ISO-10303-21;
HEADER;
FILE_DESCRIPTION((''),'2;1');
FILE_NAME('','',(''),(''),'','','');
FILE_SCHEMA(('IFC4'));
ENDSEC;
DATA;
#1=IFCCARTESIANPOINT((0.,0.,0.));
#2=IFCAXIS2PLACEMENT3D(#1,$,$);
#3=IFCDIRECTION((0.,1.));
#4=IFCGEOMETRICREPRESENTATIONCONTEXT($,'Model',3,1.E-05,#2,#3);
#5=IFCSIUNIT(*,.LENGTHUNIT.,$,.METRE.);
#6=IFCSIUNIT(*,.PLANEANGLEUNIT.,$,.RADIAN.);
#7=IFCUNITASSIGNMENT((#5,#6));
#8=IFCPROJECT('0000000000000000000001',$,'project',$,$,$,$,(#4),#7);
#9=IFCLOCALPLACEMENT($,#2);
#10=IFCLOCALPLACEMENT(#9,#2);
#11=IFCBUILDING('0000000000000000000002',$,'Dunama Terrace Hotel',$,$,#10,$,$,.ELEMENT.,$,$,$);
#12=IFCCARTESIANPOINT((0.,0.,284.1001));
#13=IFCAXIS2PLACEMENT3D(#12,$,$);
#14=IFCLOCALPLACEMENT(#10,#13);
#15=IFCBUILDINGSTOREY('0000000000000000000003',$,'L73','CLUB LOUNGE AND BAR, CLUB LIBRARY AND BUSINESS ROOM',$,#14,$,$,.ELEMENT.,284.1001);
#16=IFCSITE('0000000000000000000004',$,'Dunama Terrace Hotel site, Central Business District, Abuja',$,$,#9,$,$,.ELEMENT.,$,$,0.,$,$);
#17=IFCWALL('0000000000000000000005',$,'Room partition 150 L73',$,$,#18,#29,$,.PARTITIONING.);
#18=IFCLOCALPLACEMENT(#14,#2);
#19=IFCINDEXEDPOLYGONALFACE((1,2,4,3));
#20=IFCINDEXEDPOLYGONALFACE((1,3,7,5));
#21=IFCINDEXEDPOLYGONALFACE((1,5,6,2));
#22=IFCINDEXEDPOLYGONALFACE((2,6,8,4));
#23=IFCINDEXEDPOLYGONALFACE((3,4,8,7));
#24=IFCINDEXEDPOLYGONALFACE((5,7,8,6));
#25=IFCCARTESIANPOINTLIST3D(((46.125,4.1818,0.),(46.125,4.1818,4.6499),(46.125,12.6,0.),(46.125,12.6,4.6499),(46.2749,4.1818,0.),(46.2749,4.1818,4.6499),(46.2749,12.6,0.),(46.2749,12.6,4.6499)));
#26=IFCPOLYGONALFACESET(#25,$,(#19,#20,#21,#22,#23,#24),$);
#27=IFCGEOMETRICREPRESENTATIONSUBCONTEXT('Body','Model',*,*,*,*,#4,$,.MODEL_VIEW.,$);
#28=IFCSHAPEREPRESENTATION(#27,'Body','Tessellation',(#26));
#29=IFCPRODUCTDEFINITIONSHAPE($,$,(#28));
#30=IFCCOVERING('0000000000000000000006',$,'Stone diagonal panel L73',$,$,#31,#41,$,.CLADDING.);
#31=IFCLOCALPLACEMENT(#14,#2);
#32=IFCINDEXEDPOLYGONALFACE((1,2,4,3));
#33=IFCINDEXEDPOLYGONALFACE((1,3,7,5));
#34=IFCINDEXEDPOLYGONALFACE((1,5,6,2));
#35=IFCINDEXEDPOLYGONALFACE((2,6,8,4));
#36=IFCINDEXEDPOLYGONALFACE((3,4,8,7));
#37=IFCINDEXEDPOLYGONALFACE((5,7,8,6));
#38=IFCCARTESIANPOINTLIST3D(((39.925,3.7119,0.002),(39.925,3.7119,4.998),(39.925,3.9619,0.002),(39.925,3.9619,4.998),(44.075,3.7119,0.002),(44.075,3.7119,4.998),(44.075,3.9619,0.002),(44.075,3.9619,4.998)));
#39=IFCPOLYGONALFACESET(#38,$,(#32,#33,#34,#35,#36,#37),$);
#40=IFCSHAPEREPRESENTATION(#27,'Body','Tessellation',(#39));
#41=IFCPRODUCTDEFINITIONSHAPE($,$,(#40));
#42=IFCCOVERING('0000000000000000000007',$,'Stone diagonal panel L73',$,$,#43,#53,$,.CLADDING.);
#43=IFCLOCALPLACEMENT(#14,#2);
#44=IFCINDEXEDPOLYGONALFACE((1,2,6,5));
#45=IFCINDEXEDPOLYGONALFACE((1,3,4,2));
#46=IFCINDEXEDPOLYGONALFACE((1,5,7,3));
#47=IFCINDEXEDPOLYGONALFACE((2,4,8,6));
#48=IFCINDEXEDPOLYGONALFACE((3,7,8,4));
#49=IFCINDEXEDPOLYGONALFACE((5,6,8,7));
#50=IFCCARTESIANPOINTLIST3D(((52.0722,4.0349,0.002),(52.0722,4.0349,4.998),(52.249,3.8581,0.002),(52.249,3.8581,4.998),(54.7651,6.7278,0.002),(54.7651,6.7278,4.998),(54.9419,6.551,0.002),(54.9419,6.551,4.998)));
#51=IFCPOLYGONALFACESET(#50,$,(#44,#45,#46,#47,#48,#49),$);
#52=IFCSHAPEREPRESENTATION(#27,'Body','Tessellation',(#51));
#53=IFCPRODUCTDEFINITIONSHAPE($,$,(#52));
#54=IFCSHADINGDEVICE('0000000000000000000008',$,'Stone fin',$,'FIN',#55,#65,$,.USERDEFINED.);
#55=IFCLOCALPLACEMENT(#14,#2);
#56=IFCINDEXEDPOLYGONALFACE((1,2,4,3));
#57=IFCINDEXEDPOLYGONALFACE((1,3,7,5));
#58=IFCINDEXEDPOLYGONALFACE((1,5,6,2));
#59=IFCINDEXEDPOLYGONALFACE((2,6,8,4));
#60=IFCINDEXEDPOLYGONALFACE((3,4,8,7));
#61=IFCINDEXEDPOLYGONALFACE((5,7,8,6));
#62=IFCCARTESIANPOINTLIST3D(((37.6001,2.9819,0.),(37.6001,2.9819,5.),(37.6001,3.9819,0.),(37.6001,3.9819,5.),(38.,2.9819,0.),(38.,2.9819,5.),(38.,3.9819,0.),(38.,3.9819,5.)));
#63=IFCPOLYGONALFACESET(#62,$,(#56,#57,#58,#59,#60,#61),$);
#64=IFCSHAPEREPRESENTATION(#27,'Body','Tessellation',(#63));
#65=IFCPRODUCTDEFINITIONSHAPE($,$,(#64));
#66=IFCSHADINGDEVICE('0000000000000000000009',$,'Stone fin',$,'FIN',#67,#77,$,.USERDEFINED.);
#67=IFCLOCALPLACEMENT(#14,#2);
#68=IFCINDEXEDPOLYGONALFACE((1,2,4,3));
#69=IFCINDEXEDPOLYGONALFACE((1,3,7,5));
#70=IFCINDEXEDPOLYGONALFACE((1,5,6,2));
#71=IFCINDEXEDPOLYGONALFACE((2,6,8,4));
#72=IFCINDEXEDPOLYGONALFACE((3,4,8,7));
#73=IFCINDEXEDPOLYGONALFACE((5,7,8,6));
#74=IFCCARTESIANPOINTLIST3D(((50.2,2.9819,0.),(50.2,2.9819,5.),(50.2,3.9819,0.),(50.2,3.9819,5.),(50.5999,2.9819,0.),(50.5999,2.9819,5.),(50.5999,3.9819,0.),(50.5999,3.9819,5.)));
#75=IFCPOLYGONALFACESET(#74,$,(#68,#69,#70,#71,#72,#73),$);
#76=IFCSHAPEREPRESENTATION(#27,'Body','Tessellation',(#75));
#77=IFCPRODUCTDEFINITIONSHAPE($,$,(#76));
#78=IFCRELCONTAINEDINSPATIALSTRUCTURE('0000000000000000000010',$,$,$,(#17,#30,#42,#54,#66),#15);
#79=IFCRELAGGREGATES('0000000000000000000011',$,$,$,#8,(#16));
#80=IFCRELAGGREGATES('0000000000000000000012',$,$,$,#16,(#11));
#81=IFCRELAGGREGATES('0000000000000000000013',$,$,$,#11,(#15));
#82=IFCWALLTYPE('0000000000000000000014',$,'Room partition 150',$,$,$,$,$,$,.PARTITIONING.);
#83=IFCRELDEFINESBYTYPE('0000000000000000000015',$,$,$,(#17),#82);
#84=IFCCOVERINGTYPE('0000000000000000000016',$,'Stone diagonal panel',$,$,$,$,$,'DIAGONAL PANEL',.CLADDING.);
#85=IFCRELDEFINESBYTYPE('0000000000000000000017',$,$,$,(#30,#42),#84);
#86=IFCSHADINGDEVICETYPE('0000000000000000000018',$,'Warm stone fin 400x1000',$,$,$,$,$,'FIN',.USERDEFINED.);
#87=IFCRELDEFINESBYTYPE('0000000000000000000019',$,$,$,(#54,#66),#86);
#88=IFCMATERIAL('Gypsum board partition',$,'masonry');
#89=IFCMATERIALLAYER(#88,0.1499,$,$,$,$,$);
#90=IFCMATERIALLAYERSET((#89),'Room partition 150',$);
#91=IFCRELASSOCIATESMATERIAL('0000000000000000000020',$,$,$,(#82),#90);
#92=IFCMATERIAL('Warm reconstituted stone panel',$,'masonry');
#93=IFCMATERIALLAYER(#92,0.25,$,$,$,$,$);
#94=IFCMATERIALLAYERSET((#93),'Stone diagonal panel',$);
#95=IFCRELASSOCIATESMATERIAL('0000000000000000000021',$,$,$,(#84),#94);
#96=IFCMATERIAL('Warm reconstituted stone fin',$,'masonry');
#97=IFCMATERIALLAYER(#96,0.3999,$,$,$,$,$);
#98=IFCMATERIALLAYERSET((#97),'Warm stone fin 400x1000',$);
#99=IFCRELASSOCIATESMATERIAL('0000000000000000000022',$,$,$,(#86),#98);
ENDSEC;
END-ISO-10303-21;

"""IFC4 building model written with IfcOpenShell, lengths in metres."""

from ifc_helpers import new_model, si_unit, direction, frame, frame_2d, origin, origin_2d, place, context, subcontext, project, spatial, rectangle, extrude, material, layer, layer_set, type_object, element, save


model = new_model("IFC4")

# Units and contexts
model_context = context("Model", 3, precision=1e-05, world=origin(), true_north=direction((0.0, 1.0)))
body_context = subcontext(model_context, "Body", "Model", "MODEL_VIEW")
ifc_project = project(units=[si_unit("LENGTHUNIT", "METRE"), si_unit("PLANEANGLEUNIT", "RADIAN")], contexts=[model_context])

# Site, building, storey
site_placement = place(None, origin())
site = spatial("IfcSite", under=ifc_project, at=site_placement, Name="Dunama Terrace Hotel site, Central Business District, Abuja", CompositionType="ELEMENT", RefElevation=0.0)
building_placement = place(site_placement, origin())
building = spatial("IfcBuilding", under=site, at=building_placement, Name="Dunama Terrace Hotel", CompositionType="ELEMENT")
storey_placement = place(building_placement, frame((0.0, 0.0, 284.1001)))
storey = spatial("IfcBuildingStorey", under=building, at=storey_placement, Name="L73", Description="CLUB LOUNGE AND BAR, CLUB LIBRARY AND BUSINESS ROOM", CompositionType="ELEMENT", Elevation=284.1001)

# Wall
ifc_material_1 = material(Name="Gypsum board partition", Category="masonry")
ifc_layer_1 = layer(ifc_material_1, 0.1499)
ifc_layer_set_1 = layer_set([ifc_layer_1], Name="Room partition 150")
wall_type = type_object("IfcWallType", Name="Room partition 150", PredefinedType="PARTITIONING", material=ifc_layer_set_1)
for number, where, z_axis, x_axis, name in (
    (1, (46.2, 4.1819, 0.0), (0.0, 0.0, 1.0), (0.0, 1.0, 0.0), "Room partition 150 L73"),
):
    element("IfcWall", number, at=place(storey_placement, frame(where, z_axis=z_axis, x_axis=x_axis)), inside=storey, type_object=wall_type, Name=name, PredefinedType="PARTITIONING", context=body_context, shape_type="SweptSolid", body=[
        extrude(rectangle(XDim=8.4182, YDim=0.1499, at=frame_2d((4.209, 0.0))), origin(), (0.0, 0.0, 1.0), 4.6499),
    ])

# Coverings
ifc_material_2 = material(Name="Warm reconstituted stone panel", Category="masonry")
ifc_layer_2 = layer(ifc_material_2, 0.25)
ifc_layer_set_2 = layer_set([ifc_layer_2], Name="Stone diagonal panel")
covering_type = type_object("IfcCoveringType", Name="Stone diagonal panel", ElementType="DIAGONAL PANEL", PredefinedType="CLADDING", material=ifc_layer_set_2)
covering_1_placement = place(storey_placement, frame((42.0, 3.8369, 0.002), z_axis=(0.0, 0.0, 1.0), x_axis=(1.0, 0.0, 0.0)))
element("IfcCovering", 2, at=covering_1_placement, inside=storey, type_object=covering_type, Name="Stone diagonal panel L73", PredefinedType="CLADDING", context=body_context, shape_type="SweptSolid", body=[
    extrude(rectangle(XDim=4.1499, YDim=0.25, at=origin_2d()), origin(), (0.0, 0.0, 1.0), 4.9961),
])
covering_2_placement = place(storey_placement, frame((53.5071, 5.293, 0.002), z_axis=(0.0, 0.0, 1.0), x_axis=(0.707107, 0.707107, 0.0)))
element("IfcCovering", 3, at=covering_2_placement, inside=storey, type_object=covering_type, Name="Stone diagonal panel L73", PredefinedType="CLADDING", context=body_context, shape_type="SweptSolid", body=[
    extrude(rectangle(XDim=3.8083, YDim=0.25, at=origin_2d()), origin(), (0.0, 0.0, 1.0), 4.9961),
])

# Shading devices
ifc_material_3 = material(Name="Warm reconstituted stone fin", Category="masonry")
ifc_layer_3 = layer(ifc_material_3, 0.3999)
ifc_layer_set_3 = layer_set([ifc_layer_3], Name="Warm stone fin 400x1000")
shading_device_type = type_object("IfcShadingDeviceType", Name="Warm stone fin 400x1000", ElementType="FIN", PredefinedType="USERDEFINED", material=ifc_layer_set_3)
for number, where, z_axis, x_axis, name in (
    (4, (37.8, 3.4819, 0.0), (0.0, 0.0, 1.0), (1.0, 0.0, 0.0), "Stone fin"),
    (5, (50.3999, 3.4819, 0.0), (0.0, 0.0, 1.0), (1.0, 0.0, 0.0), "Stone fin"),
):
    element("IfcShadingDevice", number, at=place(storey_placement, frame(where, z_axis=z_axis, x_axis=x_axis)), inside=storey, type_object=shading_device_type, Name=name, ObjectType="FIN", PredefinedType="USERDEFINED", context=body_context, shape_type="SweptSolid", body=[
        extrude(rectangle(XDim=0.3999, YDim=1.0, at=origin_2d()), origin(), (0.0, 0.0, 1.0), 5.0),
    ])

save(model, "model.ifc")
